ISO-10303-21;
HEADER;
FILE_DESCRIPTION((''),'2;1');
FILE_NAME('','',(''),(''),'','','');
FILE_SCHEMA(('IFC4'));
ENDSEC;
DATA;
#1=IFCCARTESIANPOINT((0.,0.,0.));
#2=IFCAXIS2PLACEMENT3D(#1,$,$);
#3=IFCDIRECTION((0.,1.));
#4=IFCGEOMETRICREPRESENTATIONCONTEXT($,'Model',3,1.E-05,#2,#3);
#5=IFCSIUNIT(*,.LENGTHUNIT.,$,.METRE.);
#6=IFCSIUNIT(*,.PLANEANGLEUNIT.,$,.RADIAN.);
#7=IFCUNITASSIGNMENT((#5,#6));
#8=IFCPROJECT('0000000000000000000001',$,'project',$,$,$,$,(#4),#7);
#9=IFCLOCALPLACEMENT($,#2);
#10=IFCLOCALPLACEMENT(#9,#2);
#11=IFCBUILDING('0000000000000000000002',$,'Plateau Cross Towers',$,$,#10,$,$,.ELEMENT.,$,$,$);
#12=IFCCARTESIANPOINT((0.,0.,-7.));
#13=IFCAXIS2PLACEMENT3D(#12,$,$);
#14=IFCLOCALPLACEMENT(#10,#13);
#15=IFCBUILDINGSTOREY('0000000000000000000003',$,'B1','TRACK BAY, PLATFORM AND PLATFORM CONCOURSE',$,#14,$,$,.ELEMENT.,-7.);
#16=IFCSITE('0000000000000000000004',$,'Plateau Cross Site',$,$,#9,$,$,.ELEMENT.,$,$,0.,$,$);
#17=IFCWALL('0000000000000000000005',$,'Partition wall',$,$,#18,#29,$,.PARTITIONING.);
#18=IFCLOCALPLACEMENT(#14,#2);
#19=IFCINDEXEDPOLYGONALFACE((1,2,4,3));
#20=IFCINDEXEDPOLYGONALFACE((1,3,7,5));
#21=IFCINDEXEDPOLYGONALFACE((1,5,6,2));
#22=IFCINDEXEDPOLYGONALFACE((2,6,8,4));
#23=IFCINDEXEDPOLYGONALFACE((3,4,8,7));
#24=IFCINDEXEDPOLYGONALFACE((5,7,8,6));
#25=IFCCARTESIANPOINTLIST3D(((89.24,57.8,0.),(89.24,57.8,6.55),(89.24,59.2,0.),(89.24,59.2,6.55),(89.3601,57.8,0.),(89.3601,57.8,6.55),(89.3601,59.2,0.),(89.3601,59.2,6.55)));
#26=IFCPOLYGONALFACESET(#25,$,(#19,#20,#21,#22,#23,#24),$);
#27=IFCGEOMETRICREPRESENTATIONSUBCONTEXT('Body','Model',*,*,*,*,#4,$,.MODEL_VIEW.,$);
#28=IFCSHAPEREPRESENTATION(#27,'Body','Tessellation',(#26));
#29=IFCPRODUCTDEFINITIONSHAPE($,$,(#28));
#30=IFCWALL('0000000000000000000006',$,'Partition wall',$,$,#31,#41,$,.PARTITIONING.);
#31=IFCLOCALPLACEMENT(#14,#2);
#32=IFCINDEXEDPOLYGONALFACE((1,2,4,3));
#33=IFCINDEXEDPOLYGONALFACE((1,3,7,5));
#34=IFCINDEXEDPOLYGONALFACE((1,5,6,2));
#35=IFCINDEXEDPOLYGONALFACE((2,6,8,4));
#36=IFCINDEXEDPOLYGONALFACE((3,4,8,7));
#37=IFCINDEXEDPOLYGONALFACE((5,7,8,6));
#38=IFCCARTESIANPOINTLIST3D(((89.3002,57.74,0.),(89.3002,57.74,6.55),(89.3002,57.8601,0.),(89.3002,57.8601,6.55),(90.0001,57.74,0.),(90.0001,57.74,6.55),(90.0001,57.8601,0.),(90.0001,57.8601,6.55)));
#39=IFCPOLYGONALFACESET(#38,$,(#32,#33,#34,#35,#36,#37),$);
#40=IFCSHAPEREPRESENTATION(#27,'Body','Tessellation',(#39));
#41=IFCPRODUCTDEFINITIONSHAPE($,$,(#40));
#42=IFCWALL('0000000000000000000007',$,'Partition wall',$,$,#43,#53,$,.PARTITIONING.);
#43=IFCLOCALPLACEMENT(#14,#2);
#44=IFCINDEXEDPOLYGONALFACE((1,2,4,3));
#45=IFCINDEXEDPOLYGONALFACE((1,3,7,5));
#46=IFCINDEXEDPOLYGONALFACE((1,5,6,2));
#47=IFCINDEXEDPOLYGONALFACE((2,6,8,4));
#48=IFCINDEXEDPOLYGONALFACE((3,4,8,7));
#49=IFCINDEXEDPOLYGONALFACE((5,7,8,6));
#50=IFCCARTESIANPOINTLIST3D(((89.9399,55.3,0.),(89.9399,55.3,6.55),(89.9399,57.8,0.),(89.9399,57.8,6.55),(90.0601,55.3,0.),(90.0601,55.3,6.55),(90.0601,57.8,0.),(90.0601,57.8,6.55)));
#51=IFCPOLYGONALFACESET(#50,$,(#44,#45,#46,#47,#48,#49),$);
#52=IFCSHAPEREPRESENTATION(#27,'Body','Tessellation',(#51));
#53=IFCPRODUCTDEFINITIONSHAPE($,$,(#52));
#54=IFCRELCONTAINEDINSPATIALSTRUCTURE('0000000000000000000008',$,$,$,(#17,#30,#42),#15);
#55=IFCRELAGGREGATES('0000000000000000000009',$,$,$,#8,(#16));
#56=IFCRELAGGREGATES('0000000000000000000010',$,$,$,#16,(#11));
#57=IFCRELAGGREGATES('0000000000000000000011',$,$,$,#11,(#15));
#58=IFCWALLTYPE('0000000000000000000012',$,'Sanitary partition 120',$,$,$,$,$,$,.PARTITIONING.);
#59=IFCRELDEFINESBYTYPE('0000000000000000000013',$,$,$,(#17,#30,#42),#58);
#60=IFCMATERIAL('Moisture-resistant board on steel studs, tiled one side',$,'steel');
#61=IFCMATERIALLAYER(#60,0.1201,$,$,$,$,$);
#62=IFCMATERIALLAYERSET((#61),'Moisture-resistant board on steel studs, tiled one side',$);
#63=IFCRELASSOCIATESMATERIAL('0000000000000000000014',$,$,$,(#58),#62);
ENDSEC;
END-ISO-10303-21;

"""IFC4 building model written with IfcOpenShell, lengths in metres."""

from ifc_helpers import new_model, si_unit, direction, frame, frame_2d, origin, place, context, subcontext, project, spatial, rectangle, extrude, material, layer, layer_set, type_object, element, save


model = new_model("IFC4")

# Units and contexts
model_context = context("Model", 3, precision=1e-05, world=origin(), true_north=direction((0.0, 1.0)))
body_context = subcontext(model_context, "Body", "Model", "MODEL_VIEW")
ifc_project = project(units=[si_unit("LENGTHUNIT", "METRE"), si_unit("PLANEANGLEUNIT", "RADIAN")], contexts=[model_context])

# Site, building, storey
site_placement = place(None, origin())
site = spatial("IfcSite", under=ifc_project, at=site_placement, Name="Plateau Cross Site", CompositionType="ELEMENT", RefElevation=0.0)
building_placement = place(site_placement, origin())
building = spatial("IfcBuilding", under=site, at=building_placement, Name="Plateau Cross Towers", CompositionType="ELEMENT")
storey_placement = place(building_placement, frame((0.0, 0.0, -7.0)))
storey = spatial("IfcBuildingStorey", under=building, at=storey_placement, Name="B1", Description="TRACK BAY, PLATFORM AND PLATFORM CONCOURSE", CompositionType="ELEMENT", Elevation=-7.0)

# Shared definitions
ifc_material_1 = material(Name="Moisture-resistant board on steel studs, tiled one side", Category="steel")
ifc_layer_1 = layer(ifc_material_1, 0.1201)
ifc_layer_set_1 = layer_set([ifc_layer_1], Name="Moisture-resistant board on steel studs, tiled one side")
wall_type_1 = type_object("IfcWallType", Name="Sanitary partition 120", PredefinedType="PARTITIONING", material=ifc_layer_set_1)

# Walls
wall_1_placement = place(storey_placement, frame((89.3, 59.2, 0.0), z_axis=(0.0, 0.0, 1.0), x_axis=(0.0, -1.0, 0.0)))
element("IfcWall", 1, at=wall_1_placement, inside=storey, type_object=wall_type_1, Name="Partition wall", PredefinedType="PARTITIONING", context=body_context, shape_type="SweptSolid", body=[
    extrude(rectangle(XDim=1.3999, YDim=0.1201, at=frame_2d((0.7, 0.0))), origin(), (0.0, 0.0, 1.0), 6.55),
])
wall_2_placement = place(storey_placement, frame((89.3, 57.8, 0.0), z_axis=(0.0, 0.0, 1.0), x_axis=(1.0, 0.0, 0.0)))
element("IfcWall", 2, at=wall_2_placement, inside=storey, type_object=wall_type_1, Name="Partition wall", PredefinedType="PARTITIONING", context=body_context, shape_type="SweptSolid", body=[
    extrude(rectangle(XDim=0.7, YDim=0.1201, at=frame_2d((0.3501, 0.0))), origin(), (0.0, 0.0, 1.0), 6.55),
])
wall_3_placement = place(storey_placement, frame((90.0, 57.8, 0.0), z_axis=(0.0, 0.0, 1.0), x_axis=(0.0, -1.0, 0.0)))
element("IfcWall", 3, at=wall_3_placement, inside=storey, type_object=wall_type_1, Name="Partition wall", PredefinedType="PARTITIONING", context=body_context, shape_type="SweptSolid", body=[
    extrude(rectangle(XDim=2.5, YDim=0.1201, at=frame_2d((1.25, 0.0))), origin(), (0.0, 0.0, 1.0), 6.55),
])

save(model, "model.ifc")
